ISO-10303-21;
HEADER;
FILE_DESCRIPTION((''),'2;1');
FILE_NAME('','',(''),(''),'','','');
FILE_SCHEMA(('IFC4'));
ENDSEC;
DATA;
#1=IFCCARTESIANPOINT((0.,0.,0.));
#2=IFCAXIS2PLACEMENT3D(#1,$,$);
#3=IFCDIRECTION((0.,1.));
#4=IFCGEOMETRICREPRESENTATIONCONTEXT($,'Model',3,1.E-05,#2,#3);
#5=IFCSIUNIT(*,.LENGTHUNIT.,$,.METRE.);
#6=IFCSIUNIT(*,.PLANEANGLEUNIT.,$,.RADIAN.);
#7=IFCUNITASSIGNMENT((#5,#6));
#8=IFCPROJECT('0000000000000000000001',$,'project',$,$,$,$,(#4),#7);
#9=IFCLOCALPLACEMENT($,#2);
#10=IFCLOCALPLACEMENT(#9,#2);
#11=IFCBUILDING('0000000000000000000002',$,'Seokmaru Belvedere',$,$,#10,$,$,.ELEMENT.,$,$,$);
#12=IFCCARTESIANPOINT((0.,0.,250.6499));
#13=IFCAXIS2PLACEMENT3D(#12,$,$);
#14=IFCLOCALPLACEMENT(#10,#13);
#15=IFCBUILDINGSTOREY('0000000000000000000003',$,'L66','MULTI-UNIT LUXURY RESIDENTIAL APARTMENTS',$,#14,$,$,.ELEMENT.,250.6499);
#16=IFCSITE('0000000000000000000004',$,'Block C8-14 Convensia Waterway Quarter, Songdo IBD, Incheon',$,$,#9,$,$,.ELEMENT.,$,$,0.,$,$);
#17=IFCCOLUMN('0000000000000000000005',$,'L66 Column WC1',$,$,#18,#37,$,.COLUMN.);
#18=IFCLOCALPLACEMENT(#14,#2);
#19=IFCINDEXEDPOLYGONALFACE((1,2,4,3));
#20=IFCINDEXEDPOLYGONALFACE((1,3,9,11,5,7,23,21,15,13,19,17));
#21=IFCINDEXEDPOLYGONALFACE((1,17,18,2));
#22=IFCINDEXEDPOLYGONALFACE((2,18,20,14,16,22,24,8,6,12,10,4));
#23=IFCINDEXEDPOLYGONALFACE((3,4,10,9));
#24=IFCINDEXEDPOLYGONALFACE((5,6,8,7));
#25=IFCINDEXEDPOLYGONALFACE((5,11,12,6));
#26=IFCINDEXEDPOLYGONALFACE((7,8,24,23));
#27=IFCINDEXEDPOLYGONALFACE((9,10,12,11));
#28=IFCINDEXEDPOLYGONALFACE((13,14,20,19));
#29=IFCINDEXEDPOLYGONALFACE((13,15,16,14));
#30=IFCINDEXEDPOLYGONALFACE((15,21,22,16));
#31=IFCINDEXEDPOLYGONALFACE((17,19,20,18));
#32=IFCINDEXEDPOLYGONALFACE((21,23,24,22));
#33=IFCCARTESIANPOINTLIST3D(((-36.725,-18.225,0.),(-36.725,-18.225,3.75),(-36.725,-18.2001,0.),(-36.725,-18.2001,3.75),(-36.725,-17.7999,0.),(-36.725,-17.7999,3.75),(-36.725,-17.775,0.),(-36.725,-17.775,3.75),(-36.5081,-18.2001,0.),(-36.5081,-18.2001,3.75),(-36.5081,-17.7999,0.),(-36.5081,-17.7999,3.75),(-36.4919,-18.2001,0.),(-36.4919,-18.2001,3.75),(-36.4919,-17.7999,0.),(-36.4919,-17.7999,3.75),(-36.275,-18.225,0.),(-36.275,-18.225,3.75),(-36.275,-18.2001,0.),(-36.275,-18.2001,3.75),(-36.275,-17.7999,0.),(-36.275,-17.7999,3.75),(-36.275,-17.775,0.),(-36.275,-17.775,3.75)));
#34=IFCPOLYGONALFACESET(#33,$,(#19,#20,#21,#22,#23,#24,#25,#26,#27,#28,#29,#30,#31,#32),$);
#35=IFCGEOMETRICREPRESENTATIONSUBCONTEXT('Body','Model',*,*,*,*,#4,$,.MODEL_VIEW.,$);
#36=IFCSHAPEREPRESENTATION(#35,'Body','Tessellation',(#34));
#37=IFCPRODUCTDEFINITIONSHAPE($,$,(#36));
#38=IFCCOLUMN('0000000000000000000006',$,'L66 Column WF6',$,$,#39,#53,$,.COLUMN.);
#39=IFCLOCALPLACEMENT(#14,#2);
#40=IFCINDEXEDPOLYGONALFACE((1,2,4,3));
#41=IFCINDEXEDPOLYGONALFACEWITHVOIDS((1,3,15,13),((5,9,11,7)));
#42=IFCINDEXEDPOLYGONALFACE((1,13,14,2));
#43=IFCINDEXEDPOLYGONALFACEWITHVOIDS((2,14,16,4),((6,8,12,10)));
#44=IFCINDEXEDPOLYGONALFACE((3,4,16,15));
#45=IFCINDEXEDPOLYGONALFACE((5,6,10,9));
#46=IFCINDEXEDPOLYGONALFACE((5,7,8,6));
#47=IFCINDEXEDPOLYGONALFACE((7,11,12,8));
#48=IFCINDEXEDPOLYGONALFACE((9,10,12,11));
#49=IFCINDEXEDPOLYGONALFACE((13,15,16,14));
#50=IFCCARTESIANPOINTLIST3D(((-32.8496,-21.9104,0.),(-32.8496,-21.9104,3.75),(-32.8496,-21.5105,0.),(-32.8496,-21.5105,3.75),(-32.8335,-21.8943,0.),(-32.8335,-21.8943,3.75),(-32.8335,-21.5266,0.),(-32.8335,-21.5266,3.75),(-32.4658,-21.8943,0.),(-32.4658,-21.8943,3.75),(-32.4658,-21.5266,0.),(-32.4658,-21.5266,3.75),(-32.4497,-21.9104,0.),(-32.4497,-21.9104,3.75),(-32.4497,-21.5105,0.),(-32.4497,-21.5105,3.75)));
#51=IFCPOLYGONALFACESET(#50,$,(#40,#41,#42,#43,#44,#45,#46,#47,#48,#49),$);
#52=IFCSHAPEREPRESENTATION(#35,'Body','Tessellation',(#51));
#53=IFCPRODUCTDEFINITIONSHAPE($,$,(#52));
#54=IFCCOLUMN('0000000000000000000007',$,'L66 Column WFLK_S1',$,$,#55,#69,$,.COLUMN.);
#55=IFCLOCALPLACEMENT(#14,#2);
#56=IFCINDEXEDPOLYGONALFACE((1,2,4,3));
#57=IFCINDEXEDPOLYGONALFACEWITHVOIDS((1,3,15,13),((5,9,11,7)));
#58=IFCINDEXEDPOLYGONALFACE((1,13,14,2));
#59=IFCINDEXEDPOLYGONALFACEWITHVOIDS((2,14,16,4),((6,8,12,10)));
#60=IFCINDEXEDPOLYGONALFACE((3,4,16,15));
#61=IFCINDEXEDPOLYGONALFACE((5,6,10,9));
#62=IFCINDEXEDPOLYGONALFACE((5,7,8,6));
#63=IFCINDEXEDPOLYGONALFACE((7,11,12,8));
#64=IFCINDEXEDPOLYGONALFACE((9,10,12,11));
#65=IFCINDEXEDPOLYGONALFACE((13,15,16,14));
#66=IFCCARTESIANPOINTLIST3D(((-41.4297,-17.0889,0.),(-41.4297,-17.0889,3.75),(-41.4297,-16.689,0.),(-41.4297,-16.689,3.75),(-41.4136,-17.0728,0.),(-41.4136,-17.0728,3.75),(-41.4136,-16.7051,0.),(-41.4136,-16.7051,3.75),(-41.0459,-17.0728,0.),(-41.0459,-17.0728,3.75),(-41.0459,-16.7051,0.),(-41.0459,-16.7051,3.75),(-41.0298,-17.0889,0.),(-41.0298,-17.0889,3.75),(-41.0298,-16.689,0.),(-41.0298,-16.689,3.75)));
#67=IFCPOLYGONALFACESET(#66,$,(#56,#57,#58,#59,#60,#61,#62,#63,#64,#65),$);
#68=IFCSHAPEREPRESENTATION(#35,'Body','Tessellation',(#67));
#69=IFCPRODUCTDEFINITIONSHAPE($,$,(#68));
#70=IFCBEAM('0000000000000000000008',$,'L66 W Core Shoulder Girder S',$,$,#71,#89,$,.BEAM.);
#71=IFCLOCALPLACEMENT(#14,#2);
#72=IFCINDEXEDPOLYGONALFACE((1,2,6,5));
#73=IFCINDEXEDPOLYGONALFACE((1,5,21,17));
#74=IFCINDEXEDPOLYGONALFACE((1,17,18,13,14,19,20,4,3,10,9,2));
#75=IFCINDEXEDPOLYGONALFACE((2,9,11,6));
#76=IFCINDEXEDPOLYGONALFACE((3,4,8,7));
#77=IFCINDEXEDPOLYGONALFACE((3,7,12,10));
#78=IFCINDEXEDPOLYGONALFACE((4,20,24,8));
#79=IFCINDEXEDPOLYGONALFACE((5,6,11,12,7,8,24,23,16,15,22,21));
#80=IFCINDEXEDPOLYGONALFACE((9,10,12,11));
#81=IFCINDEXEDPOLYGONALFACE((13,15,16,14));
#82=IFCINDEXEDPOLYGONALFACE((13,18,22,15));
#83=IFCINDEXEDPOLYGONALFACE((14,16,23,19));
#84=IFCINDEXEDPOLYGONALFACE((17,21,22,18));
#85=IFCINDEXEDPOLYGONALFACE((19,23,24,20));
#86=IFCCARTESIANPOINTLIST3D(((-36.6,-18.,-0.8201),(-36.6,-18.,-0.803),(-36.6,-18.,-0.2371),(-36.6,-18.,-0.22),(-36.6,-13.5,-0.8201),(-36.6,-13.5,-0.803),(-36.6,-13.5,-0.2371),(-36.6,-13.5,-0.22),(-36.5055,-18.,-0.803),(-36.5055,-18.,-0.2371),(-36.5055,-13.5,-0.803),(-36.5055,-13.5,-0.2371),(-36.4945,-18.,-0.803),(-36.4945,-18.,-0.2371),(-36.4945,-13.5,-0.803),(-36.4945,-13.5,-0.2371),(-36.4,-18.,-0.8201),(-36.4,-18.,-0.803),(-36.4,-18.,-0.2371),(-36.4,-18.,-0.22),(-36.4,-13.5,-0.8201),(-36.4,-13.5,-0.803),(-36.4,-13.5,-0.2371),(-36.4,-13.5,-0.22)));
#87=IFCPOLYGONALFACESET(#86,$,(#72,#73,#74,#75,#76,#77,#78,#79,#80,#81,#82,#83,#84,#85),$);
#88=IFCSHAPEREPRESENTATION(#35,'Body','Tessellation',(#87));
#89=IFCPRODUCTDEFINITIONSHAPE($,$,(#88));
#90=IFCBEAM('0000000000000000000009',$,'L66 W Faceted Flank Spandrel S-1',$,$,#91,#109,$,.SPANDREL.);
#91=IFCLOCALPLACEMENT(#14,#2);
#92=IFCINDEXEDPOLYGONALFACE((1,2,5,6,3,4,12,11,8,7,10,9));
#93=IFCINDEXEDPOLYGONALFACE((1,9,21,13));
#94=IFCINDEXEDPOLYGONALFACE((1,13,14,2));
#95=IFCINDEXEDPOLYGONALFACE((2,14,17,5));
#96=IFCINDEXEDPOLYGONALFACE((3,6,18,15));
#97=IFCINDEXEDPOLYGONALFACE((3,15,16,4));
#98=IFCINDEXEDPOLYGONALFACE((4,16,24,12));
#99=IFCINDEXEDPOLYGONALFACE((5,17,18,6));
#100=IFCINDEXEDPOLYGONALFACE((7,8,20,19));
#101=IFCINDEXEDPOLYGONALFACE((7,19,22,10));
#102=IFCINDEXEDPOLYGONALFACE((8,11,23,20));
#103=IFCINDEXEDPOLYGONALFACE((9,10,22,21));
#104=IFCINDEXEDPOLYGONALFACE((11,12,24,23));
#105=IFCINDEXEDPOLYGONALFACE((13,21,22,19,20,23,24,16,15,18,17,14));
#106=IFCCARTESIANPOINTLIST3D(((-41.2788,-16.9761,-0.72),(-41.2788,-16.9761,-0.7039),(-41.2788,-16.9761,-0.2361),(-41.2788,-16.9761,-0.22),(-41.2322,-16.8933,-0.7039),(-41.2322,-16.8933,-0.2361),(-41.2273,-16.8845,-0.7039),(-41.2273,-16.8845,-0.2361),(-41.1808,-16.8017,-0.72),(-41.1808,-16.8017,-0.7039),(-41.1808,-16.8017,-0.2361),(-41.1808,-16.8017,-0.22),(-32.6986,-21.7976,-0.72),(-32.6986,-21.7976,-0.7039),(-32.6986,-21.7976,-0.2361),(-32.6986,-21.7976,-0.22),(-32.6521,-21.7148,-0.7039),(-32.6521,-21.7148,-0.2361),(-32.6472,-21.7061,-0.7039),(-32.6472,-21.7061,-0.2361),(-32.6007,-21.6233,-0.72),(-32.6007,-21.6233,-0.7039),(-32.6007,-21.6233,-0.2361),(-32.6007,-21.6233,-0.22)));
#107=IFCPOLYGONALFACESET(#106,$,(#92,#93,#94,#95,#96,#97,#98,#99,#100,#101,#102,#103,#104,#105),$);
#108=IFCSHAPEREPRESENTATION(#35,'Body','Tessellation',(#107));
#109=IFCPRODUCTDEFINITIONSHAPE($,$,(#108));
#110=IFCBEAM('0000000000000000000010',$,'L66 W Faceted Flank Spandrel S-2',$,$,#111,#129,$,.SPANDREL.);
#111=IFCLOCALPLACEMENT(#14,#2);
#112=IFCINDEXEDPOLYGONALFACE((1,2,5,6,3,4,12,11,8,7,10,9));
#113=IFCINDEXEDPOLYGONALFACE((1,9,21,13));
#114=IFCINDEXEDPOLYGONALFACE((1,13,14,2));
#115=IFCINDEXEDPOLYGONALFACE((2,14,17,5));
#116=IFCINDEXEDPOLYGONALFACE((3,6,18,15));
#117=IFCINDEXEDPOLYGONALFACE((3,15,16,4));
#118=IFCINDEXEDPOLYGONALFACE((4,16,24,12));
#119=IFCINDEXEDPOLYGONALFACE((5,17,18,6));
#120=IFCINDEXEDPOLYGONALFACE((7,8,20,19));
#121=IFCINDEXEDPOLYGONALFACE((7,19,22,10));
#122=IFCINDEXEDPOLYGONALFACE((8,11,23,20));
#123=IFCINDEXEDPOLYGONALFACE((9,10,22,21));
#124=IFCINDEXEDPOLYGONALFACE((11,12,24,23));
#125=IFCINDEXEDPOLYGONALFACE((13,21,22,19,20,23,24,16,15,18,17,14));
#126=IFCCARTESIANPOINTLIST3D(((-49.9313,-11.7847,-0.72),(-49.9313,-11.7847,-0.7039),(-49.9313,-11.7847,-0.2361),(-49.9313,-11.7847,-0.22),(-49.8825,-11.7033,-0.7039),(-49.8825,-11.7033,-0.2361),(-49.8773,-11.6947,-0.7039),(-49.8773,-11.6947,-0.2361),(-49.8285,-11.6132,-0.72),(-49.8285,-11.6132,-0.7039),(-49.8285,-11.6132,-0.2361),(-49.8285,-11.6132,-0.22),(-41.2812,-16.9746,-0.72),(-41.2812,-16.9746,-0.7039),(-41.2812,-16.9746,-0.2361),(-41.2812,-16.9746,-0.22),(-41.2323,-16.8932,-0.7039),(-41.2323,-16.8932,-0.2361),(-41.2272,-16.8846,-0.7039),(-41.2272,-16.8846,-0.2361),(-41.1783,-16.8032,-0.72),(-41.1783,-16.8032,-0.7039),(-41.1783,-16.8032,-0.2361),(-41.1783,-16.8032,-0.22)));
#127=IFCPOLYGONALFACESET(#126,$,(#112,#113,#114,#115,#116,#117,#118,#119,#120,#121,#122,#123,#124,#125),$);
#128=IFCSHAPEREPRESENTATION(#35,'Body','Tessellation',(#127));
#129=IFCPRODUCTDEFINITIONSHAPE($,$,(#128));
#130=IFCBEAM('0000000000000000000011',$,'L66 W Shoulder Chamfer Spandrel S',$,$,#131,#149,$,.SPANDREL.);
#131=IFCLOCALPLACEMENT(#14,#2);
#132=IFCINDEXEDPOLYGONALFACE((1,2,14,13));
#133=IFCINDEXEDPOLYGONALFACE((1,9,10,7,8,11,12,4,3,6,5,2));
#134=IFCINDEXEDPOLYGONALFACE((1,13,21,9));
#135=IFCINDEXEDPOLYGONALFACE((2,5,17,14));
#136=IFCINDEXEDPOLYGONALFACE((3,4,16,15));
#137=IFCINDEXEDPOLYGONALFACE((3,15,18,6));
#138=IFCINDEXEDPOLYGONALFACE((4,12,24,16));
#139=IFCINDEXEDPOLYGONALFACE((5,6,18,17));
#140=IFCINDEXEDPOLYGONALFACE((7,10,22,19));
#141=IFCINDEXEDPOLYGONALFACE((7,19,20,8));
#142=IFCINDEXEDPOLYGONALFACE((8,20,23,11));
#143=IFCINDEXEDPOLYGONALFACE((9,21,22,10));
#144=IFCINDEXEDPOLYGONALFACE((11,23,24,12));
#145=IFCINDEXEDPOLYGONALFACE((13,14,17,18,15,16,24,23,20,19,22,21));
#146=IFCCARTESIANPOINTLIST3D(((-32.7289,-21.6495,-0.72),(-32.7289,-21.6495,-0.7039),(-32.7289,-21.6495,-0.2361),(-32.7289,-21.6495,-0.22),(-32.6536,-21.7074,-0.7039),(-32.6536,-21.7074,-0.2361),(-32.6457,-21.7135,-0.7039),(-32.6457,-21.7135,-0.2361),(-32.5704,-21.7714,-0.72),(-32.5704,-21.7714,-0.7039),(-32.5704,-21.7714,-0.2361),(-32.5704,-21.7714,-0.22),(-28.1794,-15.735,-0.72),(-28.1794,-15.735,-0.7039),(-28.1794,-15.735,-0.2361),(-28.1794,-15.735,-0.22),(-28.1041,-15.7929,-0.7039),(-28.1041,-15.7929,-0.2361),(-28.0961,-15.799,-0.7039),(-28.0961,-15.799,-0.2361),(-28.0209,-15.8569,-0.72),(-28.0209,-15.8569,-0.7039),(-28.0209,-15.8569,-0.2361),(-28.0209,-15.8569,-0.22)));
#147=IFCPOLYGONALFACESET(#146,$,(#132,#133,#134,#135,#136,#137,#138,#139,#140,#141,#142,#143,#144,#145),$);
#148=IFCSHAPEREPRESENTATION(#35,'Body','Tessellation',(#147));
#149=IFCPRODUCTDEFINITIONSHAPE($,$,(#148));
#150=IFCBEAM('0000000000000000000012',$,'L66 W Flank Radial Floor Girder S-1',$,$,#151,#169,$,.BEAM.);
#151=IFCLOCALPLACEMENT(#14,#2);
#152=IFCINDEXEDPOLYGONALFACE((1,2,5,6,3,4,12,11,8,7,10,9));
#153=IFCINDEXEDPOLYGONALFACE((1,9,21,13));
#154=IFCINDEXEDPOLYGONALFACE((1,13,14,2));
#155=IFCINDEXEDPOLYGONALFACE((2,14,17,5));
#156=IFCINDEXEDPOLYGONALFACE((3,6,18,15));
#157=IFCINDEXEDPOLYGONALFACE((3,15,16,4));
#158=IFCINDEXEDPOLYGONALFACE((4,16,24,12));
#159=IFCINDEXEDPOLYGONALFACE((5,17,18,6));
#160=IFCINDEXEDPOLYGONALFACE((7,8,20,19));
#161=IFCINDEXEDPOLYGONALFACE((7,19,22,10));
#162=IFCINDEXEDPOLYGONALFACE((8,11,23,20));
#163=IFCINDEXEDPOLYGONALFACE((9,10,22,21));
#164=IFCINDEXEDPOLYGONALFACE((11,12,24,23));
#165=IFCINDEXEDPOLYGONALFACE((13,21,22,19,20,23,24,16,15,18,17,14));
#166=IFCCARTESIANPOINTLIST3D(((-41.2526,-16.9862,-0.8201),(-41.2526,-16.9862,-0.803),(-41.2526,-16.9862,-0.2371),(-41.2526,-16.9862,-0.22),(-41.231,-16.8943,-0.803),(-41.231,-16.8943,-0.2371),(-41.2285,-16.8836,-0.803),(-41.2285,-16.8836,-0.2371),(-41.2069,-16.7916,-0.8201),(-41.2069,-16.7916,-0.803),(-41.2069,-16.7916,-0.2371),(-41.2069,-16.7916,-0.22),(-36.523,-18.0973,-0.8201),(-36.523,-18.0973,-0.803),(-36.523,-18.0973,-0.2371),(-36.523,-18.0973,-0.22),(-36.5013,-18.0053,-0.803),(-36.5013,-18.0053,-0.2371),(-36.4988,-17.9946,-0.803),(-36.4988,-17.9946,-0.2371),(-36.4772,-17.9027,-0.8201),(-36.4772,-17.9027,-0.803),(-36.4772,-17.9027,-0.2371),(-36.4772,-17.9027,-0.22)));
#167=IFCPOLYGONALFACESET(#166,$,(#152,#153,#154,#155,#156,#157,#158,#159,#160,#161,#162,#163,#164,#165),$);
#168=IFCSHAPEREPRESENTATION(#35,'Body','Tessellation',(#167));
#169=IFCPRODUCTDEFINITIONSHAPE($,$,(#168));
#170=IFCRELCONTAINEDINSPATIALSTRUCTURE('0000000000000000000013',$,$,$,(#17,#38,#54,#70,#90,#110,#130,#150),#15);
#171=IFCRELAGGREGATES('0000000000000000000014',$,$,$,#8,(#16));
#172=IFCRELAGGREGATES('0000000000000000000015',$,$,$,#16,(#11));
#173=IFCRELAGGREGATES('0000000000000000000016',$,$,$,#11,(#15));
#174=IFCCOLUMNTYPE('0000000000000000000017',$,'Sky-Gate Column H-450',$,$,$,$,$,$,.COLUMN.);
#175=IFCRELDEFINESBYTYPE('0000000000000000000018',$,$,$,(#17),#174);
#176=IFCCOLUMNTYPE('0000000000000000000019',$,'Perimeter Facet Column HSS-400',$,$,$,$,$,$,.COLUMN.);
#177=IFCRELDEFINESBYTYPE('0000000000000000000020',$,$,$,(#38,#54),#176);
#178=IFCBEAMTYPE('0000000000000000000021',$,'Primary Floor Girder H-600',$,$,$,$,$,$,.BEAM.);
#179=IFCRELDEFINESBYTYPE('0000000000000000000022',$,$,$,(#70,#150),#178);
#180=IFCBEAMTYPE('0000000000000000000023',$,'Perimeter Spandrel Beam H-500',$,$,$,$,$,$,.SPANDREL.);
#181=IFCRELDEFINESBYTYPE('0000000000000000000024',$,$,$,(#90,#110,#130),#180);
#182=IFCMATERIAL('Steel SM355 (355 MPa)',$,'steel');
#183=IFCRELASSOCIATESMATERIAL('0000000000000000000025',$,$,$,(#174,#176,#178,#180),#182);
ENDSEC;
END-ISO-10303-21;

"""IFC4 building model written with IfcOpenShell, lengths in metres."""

from ifc_helpers import new_model, si_unit, direction, frame, origin, origin_2d, place, context, subcontext, project, spatial, hollow_rectangle, i_section, extrude, source, transform, mapped, material, material_profile, profile_set, type_object, type_shapes, element, save


model = new_model("IFC4")

# Units and contexts
model_context = context("Model", 3, precision=1e-05, world=origin(), true_north=direction((0.0, 1.0)))
body_context = subcontext(model_context, "Body", "Model", "MODEL_VIEW")
ifc_project = project(units=[si_unit("LENGTHUNIT", "METRE"), si_unit("PLANEANGLEUNIT", "RADIAN")], contexts=[model_context])

# Site, building, storey
site_placement = place(None, origin())
site = spatial("IfcSite", under=ifc_project, at=site_placement, Name="Block C8-14 Convensia Waterway Quarter, Songdo IBD, Incheon", CompositionType="ELEMENT", RefElevation=0.0)
building_placement = place(site_placement, origin())
building = spatial("IfcBuilding", under=site, at=building_placement, Name="Seokmaru Belvedere", CompositionType="ELEMENT")
storey_placement = place(building_placement, frame((0.0, 0.0, 250.6499)))
storey = spatial("IfcBuildingStorey", under=building, at=storey_placement, Name="L66", Description="MULTI-UNIT LUXURY RESIDENTIAL APARTMENTS", CompositionType="ELEMENT", Elevation=250.6499)

# Columns
ifc_material_1 = material(Name="Steel SM355 (355 MPa)", Category="steel")
ifc_material_profile_1 = material_profile(ifc_material_1, i_section(OverallWidth=0.45, OverallDepth=0.45, WebThickness=0.0161, FlangeThickness=0.0249, at=origin_2d()), Name="H-450x450x16x25")
ifc_profile_set_1 = profile_set([ifc_material_profile_1], Name="Steel SM355 (355 MPa)")
column_type_1 = type_object("IfcColumnType", Name="Sky-Gate Column H-450", PredefinedType="COLUMN", material=ifc_profile_set_1)
shared_shape_1 = source(origin(), body_context, "Body", "SweptSolid", [
    extrude(i_section(OverallWidth=0.45, OverallDepth=0.45, WebThickness=0.0161, FlangeThickness=0.0249, at=origin_2d()), origin(), (0.0, 0.0, 1.0), 3.75),
])
type_shapes(column_type_1, [shared_shape_1])
column_placement = place(storey_placement, frame((-36.5, -18.0, 0.0), z_axis=(0.0, 0.0, 1.0), x_axis=(1.0, 0.0, 0.0)))
element("IfcColumn", 1, at=column_placement, inside=storey, type_object=column_type_1, Name="L66 Column WC1", PredefinedType="COLUMN", context=body_context, shape_type="MappedRepresentation", body=[
    mapped(shared_shape_1, transform((0.0, 0.0, 0.0), scale=1.0)),
])
ifc_material_profile_2 = material_profile(ifc_material_1, hollow_rectangle(XDim=0.3999, YDim=0.3999, WallThickness=0.0161, at=origin_2d()), Name="HSS-400x400x16")
ifc_profile_set_2 = profile_set([ifc_material_profile_2], Name="Steel SM355 (355 MPa)")
column_type_2 = type_object("IfcColumnType", Name="Perimeter Facet Column HSS-400", PredefinedType="COLUMN", material=ifc_profile_set_2)
shared_shape_2 = source(origin(), body_context, "Body", "SweptSolid", [
    extrude(hollow_rectangle(XDim=0.3999, YDim=0.3999, WallThickness=0.0161, at=origin_2d()), origin(), (0.0, 0.0, 1.0), 3.75),
])
type_shapes(column_type_2, [shared_shape_2])
for number, where, z_axis, x_axis, name in (
    (2, (-32.6497, -21.7104, 0.0), (0.0, 0.0, 1.0), (1.0, 0.0, 0.0), "L66 Column WF6"),
    (3, (-41.2297, -16.8889, 0.0), (0.0, 0.0, 1.0), (1.0, 0.0, 0.0), "L66 Column WFLK_S1"),
):
    element("IfcColumn", number, at=place(storey_placement, frame(where, z_axis=z_axis, x_axis=x_axis)), inside=storey, type_object=column_type_2, Name=name, PredefinedType="COLUMN", context=body_context, shape_type="MappedRepresentation", body=[
        mapped(shared_shape_2, transform((0.0, 0.0, 0.0), scale=1.0)),
    ])

# Beams
ifc_material_profile_3 = material_profile(ifc_material_1, i_section(OverallWidth=0.2, OverallDepth=0.6001, WebThickness=0.011, FlangeThickness=0.0171, at=origin_2d()), Name="H-600x200x11x17")
ifc_profile_set_3 = profile_set([ifc_material_profile_3], Name="Steel SM355 (355 MPa)")
beam_type_1 = type_object("IfcBeamType", Name="Primary Floor Girder H-600", PredefinedType="BEAM", material=ifc_profile_set_3)
shared_shape_3 = source(origin(), body_context, "Body", "SweptSolid", [
    extrude(i_section(OverallWidth=0.2, OverallDepth=0.6001, WebThickness=0.011, FlangeThickness=0.0171, at=origin_2d()), origin(), (0.0, 0.0, 1.0), 4.5),
])
beam_1_placement = place(storey_placement, frame((-36.5, -18.0, -0.52), z_axis=(0.0, 1.0, 0.0), x_axis=(-1.0, 0.0, 0.0)))
element("IfcBeam", 4, at=beam_1_placement, inside=storey, type_object=beam_type_1, Name="L66 W Core Shoulder Girder S", PredefinedType="BEAM", context=body_context, shape_type="MappedRepresentation", body=[
    mapped(shared_shape_3, transform((0.0, 0.0, 0.0), scale=1.0)),
])
ifc_material_profile_4 = material_profile(ifc_material_1, i_section(OverallWidth=0.2, OverallDepth=0.5, WebThickness=0.01, FlangeThickness=0.0161, at=origin_2d()), Name="H-500x200x10x16")
ifc_profile_set_4 = profile_set([ifc_material_profile_4], Name="Steel SM355 (355 MPa)")
beam_type_2 = type_object("IfcBeamType", Name="Perimeter Spandrel Beam H-500", PredefinedType="SPANDREL", material=ifc_profile_set_4)
shared_shape_4 = source(origin(), body_context, "Body", "SweptSolid", [
    extrude(i_section(OverallWidth=0.2, OverallDepth=0.5, WebThickness=0.01, FlangeThickness=0.0161, at=origin_2d()), origin(), (0.0, 0.0, 1.0), 9.842),
])
beam_2_placement = place(storey_placement, frame((-32.6497, -21.7104, -0.47), z_axis=(-0.871782, 0.489894, 0.0), x_axis=(-0.489894, -0.871782, 0.0)))
element("IfcBeam", 5, at=beam_2_placement, inside=storey, type_object=beam_type_2, Name="L66 W Faceted Flank Spandrel S-1", PredefinedType="SPANDREL", context=body_context, shape_type="MappedRepresentation", body=[
    mapped(shared_shape_4, transform((0.0, 0.0, 0.0), scale=1.0)),
])
shared_shape_5 = source(origin(), body_context, "Body", "SweptSolid", [
    extrude(i_section(OverallWidth=0.2, OverallDepth=0.5, WebThickness=0.01, FlangeThickness=0.0161, at=origin_2d()), origin(), (0.0, 0.0, 1.0), 10.0876),
])
beam_3_placement = place(storey_placement, frame((-41.2297, -16.8889, -0.47), z_axis=(-0.857499, 0.514485, 0.0), x_axis=(-0.514485, -0.857499, 0.0)))
element("IfcBeam", 6, at=beam_3_placement, inside=storey, type_object=beam_type_2, Name="L66 W Faceted Flank Spandrel S-2", PredefinedType="SPANDREL", context=body_context, shape_type="MappedRepresentation", body=[
    mapped(shared_shape_5, transform((0.0, 0.0, 0.0), scale=1.0)),
])
shared_shape_6 = source(origin(), body_context, "Body", "SweptSolid", [
    extrude(i_section(OverallWidth=0.2, OverallDepth=0.5, WebThickness=0.01, FlangeThickness=0.0161, at=origin_2d()), origin(), (0.0, 0.0, 1.0), 7.4619),
])
type_shapes(beam_type_2, [shared_shape_4, shared_shape_5, shared_shape_6])
beam_4_placement = place(storey_placement, frame((-32.6497, -21.7104, -0.47), z_axis=(0.609703, 0.79263, 0.0), x_axis=(-0.79263, 0.609703, 0.0)))
element("IfcBeam", 7, at=beam_4_placement, inside=storey, type_object=beam_type_2, Name="L66 W Shoulder Chamfer Spandrel S", PredefinedType="SPANDREL", context=body_context, shape_type="MappedRepresentation", body=[
    mapped(shared_shape_6, transform((0.0, 0.0, 0.0), scale=1.0)),
])
shared_shape_7 = source(origin(), body_context, "Body", "SweptSolid", [
    extrude(i_section(OverallWidth=0.2, OverallDepth=0.6001, WebThickness=0.011, FlangeThickness=0.0171, at=origin_2d()), origin(), (0.0, 0.0, 1.0), 4.8584),
])
type_shapes(beam_type_1, [shared_shape_3, shared_shape_7])
beam_5_placement = place(storey_placement, frame((-41.2297, -16.8889, -0.52), z_axis=(0.973499, -0.228689, 0.0), x_axis=(0.228689, 0.973499, 0.0)))
element("IfcBeam", 8, at=beam_5_placement, inside=storey, type_object=beam_type_1, Name="L66 W Flank Radial Floor Girder S-1", PredefinedType="BEAM", context=body_context, shape_type="MappedRepresentation", body=[
    mapped(shared_shape_7, transform((0.0, 0.0, 0.0), scale=1.0)),
])

save(model, "model.ifc")
